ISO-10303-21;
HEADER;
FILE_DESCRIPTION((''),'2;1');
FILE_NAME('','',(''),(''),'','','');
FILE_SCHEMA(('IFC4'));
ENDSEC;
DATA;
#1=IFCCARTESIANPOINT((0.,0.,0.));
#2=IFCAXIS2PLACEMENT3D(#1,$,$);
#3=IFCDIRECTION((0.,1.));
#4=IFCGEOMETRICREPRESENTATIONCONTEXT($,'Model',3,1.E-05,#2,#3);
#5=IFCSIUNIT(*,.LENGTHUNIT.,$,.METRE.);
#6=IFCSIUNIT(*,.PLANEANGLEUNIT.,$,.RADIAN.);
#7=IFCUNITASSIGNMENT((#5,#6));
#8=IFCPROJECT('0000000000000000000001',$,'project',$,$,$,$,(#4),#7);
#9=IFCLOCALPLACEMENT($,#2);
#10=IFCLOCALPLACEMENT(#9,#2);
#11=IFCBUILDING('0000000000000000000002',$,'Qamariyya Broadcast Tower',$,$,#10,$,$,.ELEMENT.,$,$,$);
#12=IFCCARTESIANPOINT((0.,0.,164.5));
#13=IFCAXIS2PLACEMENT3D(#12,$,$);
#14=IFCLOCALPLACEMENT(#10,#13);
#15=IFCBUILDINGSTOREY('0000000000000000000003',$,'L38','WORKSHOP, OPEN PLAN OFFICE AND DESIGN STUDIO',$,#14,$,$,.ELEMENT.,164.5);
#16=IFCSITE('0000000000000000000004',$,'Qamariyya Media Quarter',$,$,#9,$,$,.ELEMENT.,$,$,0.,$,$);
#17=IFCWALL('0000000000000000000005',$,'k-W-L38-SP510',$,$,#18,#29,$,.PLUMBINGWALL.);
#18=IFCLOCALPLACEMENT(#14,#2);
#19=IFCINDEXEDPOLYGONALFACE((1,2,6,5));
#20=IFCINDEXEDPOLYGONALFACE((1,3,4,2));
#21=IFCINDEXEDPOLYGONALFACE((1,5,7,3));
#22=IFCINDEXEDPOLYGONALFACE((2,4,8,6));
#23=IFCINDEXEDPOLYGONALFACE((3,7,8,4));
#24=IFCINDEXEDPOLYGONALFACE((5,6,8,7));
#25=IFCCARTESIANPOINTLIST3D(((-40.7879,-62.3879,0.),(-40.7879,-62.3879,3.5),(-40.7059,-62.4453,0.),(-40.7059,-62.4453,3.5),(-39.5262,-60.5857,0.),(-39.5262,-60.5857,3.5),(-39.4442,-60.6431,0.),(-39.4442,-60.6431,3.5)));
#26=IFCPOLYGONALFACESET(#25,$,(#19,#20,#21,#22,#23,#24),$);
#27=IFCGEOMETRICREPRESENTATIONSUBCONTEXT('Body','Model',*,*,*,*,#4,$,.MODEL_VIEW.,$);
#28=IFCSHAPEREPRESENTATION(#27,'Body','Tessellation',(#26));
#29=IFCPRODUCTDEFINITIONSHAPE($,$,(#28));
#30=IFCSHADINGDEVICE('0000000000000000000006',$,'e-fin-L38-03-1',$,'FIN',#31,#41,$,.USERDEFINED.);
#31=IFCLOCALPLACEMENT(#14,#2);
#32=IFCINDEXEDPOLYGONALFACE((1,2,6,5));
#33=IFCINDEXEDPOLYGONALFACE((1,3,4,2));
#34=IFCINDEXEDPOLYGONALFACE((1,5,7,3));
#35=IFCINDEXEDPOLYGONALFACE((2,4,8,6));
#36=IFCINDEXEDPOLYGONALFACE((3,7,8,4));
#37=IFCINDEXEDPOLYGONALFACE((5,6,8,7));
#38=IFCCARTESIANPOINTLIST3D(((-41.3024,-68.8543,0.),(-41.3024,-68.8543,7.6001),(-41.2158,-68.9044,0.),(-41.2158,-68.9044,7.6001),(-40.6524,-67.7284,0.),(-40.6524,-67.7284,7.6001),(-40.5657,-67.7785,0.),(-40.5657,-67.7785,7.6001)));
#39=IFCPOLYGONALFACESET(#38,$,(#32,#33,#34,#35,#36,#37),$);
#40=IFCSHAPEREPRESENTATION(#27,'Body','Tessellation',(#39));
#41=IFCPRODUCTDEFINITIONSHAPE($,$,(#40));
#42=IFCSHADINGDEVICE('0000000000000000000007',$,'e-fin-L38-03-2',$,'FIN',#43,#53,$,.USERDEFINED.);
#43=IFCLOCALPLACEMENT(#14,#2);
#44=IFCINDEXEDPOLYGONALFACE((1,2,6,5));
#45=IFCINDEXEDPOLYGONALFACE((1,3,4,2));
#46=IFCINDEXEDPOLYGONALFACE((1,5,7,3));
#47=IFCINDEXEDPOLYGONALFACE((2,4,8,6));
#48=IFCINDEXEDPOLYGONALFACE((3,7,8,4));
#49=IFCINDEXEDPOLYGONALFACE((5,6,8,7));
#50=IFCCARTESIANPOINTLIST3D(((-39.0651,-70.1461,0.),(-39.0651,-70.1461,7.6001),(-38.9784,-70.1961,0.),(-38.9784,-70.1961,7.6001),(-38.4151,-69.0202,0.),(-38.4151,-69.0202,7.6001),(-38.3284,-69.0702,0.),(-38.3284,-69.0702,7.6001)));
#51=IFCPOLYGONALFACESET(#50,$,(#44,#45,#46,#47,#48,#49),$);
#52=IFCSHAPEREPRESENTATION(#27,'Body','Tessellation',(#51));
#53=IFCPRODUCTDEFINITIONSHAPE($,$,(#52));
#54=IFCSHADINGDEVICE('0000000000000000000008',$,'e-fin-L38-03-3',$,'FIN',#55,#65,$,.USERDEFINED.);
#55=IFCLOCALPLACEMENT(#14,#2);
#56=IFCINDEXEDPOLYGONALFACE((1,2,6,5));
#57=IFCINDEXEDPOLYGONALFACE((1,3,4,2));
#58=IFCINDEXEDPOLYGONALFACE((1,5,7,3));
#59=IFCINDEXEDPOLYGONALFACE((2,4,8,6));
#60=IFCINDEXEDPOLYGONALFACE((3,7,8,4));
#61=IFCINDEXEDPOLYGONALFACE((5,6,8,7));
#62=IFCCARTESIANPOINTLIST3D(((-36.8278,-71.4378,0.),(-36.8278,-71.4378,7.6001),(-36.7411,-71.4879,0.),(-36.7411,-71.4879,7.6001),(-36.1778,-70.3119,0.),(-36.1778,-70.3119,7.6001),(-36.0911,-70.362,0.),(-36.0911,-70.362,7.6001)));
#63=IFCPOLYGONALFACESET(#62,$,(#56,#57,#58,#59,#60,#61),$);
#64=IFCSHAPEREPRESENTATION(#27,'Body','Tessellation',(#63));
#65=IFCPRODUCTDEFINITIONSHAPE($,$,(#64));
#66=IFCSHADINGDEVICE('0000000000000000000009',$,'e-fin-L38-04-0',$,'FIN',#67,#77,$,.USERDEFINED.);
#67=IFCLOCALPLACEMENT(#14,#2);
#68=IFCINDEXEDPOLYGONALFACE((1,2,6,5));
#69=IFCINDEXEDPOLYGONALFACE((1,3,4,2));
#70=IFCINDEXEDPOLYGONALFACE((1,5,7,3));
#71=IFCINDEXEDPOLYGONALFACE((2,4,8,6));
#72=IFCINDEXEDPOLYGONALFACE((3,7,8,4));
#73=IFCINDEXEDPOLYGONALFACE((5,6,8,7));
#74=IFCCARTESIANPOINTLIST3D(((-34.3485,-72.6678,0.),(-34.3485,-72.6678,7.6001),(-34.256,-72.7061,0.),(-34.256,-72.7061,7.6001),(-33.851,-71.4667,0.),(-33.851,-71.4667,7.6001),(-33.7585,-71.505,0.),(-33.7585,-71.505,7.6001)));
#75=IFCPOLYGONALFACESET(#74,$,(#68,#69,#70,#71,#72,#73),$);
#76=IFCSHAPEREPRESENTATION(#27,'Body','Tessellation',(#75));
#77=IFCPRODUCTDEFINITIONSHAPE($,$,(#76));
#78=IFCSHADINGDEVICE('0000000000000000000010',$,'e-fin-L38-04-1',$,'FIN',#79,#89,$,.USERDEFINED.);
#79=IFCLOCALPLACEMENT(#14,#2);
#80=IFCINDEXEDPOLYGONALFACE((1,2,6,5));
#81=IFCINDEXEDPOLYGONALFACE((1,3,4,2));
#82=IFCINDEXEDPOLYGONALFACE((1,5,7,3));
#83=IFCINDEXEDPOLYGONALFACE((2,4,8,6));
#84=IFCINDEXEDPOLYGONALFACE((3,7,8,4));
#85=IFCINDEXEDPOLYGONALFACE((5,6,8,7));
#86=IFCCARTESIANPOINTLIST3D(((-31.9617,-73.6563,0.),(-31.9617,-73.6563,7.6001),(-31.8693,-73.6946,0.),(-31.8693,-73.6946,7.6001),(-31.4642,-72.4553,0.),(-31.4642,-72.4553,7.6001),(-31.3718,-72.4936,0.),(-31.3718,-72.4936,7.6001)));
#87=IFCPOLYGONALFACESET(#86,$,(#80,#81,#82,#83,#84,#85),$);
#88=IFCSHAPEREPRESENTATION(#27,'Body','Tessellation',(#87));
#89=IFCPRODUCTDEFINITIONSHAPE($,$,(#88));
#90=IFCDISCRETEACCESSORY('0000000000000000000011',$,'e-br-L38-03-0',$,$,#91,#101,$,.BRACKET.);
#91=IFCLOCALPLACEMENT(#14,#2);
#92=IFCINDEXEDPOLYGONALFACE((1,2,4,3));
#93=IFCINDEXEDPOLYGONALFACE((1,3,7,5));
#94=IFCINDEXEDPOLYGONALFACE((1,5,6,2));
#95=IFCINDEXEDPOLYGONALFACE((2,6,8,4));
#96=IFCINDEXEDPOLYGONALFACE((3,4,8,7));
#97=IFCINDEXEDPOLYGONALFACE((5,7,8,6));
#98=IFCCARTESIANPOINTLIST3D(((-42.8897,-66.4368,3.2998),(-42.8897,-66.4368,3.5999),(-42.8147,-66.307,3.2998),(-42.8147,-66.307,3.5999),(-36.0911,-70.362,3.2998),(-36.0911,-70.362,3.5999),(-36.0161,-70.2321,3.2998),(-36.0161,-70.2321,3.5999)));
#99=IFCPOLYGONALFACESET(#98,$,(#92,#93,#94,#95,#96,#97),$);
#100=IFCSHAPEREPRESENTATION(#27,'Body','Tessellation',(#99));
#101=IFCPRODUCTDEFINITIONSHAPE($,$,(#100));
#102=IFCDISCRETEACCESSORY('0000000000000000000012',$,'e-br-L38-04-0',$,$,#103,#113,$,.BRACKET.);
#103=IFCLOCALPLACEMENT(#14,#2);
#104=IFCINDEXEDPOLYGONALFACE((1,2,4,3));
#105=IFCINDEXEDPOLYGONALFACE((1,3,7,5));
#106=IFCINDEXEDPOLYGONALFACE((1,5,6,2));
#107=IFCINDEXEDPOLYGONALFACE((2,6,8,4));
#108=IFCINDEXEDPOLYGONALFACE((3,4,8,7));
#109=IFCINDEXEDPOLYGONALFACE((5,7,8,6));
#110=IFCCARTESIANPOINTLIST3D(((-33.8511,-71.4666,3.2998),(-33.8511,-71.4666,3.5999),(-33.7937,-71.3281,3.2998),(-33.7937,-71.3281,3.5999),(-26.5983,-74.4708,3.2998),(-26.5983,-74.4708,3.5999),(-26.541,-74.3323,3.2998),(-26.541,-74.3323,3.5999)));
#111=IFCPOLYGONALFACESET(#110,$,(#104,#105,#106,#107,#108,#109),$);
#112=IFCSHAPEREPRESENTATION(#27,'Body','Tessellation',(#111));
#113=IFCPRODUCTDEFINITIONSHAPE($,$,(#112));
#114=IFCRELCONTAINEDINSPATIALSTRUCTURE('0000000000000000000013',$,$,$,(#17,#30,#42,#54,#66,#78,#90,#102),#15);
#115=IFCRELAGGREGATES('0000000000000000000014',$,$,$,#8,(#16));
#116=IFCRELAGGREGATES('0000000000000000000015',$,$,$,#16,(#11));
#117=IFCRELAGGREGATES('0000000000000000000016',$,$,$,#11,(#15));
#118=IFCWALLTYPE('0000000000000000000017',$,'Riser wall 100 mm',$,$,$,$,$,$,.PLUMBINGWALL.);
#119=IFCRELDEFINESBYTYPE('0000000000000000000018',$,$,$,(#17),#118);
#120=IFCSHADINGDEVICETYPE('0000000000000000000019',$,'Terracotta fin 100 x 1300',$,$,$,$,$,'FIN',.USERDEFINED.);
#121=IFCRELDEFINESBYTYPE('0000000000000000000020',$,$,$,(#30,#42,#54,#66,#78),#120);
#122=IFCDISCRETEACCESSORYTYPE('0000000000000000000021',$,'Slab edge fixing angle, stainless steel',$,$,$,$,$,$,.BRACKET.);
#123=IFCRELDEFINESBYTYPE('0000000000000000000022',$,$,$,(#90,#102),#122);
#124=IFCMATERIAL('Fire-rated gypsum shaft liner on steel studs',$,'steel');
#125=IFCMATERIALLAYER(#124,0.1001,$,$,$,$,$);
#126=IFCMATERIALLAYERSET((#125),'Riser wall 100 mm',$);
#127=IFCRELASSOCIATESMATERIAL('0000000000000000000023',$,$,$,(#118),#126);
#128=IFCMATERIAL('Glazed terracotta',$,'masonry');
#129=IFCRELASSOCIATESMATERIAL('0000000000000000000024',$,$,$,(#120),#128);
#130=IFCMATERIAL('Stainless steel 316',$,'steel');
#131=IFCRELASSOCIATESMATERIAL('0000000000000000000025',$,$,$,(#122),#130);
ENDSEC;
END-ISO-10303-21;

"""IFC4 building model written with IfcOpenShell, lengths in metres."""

from ifc_helpers import new_model, si_unit, direction, frame, frame_2d, origin, origin_2d, place, context, subcontext, project, spatial, rectangle, extrude, material, layer, layer_set, material_profile, profile_set, type_object, element, save


model = new_model("IFC4")

# Units and contexts
model_context = context("Model", 3, precision=1e-05, world=origin(), true_north=direction((0.0, 1.0)))
body_context = subcontext(model_context, "Body", "Model", "MODEL_VIEW")
ifc_project = project(units=[si_unit("LENGTHUNIT", "METRE"), si_unit("PLANEANGLEUNIT", "RADIAN")], contexts=[model_context])

# Site, building, storey
site_placement = place(None, origin())
site = spatial("IfcSite", under=ifc_project, at=site_placement, Name="Qamariyya Media Quarter", CompositionType="ELEMENT", RefElevation=0.0)
building_placement = place(site_placement, origin())
building = spatial("IfcBuilding", under=site, at=building_placement, Name="Qamariyya Broadcast Tower", CompositionType="ELEMENT")
storey_placement = place(building_placement, frame((0.0, 0.0, 164.5)))
storey = spatial("IfcBuildingStorey", under=building, at=storey_placement, Name="L38", Description="WORKSHOP, OPEN PLAN OFFICE AND DESIGN STUDIO", CompositionType="ELEMENT", Elevation=164.5)

# Wall
ifc_material_1 = material(Name="Fire-rated gypsum shaft liner on steel studs", Category="steel")
ifc_layer_1 = layer(ifc_material_1, 0.1001)
ifc_layer_set_1 = layer_set([ifc_layer_1], Name="Riser wall 100 mm")
wall_type_1 = type_object("IfcWallType", Name="Riser wall 100 mm", PredefinedType="PLUMBINGWALL", material=ifc_layer_set_1)
wall_1_placement = place(storey_placement, frame((-39.4851, -60.6143, 0.0), z_axis=(0.0, 0.0, 1.0), x_axis=(-0.573507, -0.819201, 0.0)))
element("IfcWall", 1, at=wall_1_placement, inside=storey, type_object=wall_type_1, Name="k-W-L38-SP510", PredefinedType="PLUMBINGWALL", context=body_context, shape_type="SweptSolid", body=[
    extrude(rectangle(XDim=2.2, YDim=0.1001, at=frame_2d((1.1001, 0.0))), origin(), (0.0, 0.0, 1.0), 3.5),
])

# Shading devices
ifc_material_2 = material(Name="Glazed terracotta", Category="masonry")
ifc_material_profile_1 = material_profile(ifc_material_2, rectangle(XDim=1.3, YDim=0.1001, at=origin_2d()))
ifc_profile_set_1 = profile_set([ifc_material_profile_1], Name="Glazed terracotta")
shading_device_type_1 = type_object("IfcShadingDeviceType", Name="Terracotta fin 100 x 1300", ElementType="FIN", PredefinedType="USERDEFINED", material=ifc_profile_set_1)
for number, where, z_axis, x_axis, name in (
    (2, (-40.9341, -68.3164, 0.0), (0.0, 0.0, 1.0), (-0.5, -0.866025, 0.0), "e-fin-L38-03-1"),
    (3, (-38.6968, -69.6082, 0.0), (0.0, 0.0, 1.0), (-0.5, -0.866025, 0.0), "e-fin-L38-03-2"),
    (4, (-36.4595, -70.8999, 0.0), (0.0, 0.0, 1.0), (-0.5, -0.866025, 0.0), "e-fin-L38-03-3"),
    (5, (-34.0535, -72.0864, 0.0), (0.0, 0.0, 1.0), (-0.382683, -0.92388, 0.0), "e-fin-L38-04-0"),
    (6, (-31.6667, -73.075, 0.0), (0.0, 0.0, 1.0), (-0.382683, -0.92388, 0.0), "e-fin-L38-04-1"),
):
    element("IfcShadingDevice", number, at=place(storey_placement, frame(where, z_axis=z_axis, x_axis=x_axis)), inside=storey, type_object=shading_device_type_1, Name=name, ObjectType="FIN", PredefinedType="USERDEFINED", context=body_context, shape_type="SweptSolid", body=[
        extrude(rectangle(XDim=1.3, YDim=0.1001, at=origin_2d()), origin(), (0.0, 0.0, 1.0), 7.6001),
    ])

# Discrete accessories
ifc_material_3 = material(Name="Stainless steel 316", Category="steel")
discrete_accessory_type = type_object("IfcDiscreteAccessoryType", Name="Slab edge fixing angle, stainless steel", PredefinedType="BRACKET", material=ifc_material_3)
for number, where, z_axis, x_axis, name in (
    (7, (-39.4529, -68.3345, 3.2998), (0.0, 0.0, 1.0), (0.866025, -0.5, 0.0), "e-br-L38-03-0"),
    (8, (-30.196, -72.8994, 3.2998), (0.0, 0.0, 1.0), (0.92388, -0.382683, 0.0), "e-br-L38-04-0"),
):
    element("IfcDiscreteAccessory", number, at=place(storey_placement, frame(where, z_axis=z_axis, x_axis=x_axis)), inside=storey, type_object=discrete_accessory_type, Name=name, PredefinedType="BRACKET", context=body_context, shape_type="SweptSolid", body=[
        extrude(rectangle(XDim=7.8503, YDim=0.1499, at=origin_2d()), origin(), (0.0, 0.0, 1.0), 0.3),
    ])

save(model, "model.ifc")
